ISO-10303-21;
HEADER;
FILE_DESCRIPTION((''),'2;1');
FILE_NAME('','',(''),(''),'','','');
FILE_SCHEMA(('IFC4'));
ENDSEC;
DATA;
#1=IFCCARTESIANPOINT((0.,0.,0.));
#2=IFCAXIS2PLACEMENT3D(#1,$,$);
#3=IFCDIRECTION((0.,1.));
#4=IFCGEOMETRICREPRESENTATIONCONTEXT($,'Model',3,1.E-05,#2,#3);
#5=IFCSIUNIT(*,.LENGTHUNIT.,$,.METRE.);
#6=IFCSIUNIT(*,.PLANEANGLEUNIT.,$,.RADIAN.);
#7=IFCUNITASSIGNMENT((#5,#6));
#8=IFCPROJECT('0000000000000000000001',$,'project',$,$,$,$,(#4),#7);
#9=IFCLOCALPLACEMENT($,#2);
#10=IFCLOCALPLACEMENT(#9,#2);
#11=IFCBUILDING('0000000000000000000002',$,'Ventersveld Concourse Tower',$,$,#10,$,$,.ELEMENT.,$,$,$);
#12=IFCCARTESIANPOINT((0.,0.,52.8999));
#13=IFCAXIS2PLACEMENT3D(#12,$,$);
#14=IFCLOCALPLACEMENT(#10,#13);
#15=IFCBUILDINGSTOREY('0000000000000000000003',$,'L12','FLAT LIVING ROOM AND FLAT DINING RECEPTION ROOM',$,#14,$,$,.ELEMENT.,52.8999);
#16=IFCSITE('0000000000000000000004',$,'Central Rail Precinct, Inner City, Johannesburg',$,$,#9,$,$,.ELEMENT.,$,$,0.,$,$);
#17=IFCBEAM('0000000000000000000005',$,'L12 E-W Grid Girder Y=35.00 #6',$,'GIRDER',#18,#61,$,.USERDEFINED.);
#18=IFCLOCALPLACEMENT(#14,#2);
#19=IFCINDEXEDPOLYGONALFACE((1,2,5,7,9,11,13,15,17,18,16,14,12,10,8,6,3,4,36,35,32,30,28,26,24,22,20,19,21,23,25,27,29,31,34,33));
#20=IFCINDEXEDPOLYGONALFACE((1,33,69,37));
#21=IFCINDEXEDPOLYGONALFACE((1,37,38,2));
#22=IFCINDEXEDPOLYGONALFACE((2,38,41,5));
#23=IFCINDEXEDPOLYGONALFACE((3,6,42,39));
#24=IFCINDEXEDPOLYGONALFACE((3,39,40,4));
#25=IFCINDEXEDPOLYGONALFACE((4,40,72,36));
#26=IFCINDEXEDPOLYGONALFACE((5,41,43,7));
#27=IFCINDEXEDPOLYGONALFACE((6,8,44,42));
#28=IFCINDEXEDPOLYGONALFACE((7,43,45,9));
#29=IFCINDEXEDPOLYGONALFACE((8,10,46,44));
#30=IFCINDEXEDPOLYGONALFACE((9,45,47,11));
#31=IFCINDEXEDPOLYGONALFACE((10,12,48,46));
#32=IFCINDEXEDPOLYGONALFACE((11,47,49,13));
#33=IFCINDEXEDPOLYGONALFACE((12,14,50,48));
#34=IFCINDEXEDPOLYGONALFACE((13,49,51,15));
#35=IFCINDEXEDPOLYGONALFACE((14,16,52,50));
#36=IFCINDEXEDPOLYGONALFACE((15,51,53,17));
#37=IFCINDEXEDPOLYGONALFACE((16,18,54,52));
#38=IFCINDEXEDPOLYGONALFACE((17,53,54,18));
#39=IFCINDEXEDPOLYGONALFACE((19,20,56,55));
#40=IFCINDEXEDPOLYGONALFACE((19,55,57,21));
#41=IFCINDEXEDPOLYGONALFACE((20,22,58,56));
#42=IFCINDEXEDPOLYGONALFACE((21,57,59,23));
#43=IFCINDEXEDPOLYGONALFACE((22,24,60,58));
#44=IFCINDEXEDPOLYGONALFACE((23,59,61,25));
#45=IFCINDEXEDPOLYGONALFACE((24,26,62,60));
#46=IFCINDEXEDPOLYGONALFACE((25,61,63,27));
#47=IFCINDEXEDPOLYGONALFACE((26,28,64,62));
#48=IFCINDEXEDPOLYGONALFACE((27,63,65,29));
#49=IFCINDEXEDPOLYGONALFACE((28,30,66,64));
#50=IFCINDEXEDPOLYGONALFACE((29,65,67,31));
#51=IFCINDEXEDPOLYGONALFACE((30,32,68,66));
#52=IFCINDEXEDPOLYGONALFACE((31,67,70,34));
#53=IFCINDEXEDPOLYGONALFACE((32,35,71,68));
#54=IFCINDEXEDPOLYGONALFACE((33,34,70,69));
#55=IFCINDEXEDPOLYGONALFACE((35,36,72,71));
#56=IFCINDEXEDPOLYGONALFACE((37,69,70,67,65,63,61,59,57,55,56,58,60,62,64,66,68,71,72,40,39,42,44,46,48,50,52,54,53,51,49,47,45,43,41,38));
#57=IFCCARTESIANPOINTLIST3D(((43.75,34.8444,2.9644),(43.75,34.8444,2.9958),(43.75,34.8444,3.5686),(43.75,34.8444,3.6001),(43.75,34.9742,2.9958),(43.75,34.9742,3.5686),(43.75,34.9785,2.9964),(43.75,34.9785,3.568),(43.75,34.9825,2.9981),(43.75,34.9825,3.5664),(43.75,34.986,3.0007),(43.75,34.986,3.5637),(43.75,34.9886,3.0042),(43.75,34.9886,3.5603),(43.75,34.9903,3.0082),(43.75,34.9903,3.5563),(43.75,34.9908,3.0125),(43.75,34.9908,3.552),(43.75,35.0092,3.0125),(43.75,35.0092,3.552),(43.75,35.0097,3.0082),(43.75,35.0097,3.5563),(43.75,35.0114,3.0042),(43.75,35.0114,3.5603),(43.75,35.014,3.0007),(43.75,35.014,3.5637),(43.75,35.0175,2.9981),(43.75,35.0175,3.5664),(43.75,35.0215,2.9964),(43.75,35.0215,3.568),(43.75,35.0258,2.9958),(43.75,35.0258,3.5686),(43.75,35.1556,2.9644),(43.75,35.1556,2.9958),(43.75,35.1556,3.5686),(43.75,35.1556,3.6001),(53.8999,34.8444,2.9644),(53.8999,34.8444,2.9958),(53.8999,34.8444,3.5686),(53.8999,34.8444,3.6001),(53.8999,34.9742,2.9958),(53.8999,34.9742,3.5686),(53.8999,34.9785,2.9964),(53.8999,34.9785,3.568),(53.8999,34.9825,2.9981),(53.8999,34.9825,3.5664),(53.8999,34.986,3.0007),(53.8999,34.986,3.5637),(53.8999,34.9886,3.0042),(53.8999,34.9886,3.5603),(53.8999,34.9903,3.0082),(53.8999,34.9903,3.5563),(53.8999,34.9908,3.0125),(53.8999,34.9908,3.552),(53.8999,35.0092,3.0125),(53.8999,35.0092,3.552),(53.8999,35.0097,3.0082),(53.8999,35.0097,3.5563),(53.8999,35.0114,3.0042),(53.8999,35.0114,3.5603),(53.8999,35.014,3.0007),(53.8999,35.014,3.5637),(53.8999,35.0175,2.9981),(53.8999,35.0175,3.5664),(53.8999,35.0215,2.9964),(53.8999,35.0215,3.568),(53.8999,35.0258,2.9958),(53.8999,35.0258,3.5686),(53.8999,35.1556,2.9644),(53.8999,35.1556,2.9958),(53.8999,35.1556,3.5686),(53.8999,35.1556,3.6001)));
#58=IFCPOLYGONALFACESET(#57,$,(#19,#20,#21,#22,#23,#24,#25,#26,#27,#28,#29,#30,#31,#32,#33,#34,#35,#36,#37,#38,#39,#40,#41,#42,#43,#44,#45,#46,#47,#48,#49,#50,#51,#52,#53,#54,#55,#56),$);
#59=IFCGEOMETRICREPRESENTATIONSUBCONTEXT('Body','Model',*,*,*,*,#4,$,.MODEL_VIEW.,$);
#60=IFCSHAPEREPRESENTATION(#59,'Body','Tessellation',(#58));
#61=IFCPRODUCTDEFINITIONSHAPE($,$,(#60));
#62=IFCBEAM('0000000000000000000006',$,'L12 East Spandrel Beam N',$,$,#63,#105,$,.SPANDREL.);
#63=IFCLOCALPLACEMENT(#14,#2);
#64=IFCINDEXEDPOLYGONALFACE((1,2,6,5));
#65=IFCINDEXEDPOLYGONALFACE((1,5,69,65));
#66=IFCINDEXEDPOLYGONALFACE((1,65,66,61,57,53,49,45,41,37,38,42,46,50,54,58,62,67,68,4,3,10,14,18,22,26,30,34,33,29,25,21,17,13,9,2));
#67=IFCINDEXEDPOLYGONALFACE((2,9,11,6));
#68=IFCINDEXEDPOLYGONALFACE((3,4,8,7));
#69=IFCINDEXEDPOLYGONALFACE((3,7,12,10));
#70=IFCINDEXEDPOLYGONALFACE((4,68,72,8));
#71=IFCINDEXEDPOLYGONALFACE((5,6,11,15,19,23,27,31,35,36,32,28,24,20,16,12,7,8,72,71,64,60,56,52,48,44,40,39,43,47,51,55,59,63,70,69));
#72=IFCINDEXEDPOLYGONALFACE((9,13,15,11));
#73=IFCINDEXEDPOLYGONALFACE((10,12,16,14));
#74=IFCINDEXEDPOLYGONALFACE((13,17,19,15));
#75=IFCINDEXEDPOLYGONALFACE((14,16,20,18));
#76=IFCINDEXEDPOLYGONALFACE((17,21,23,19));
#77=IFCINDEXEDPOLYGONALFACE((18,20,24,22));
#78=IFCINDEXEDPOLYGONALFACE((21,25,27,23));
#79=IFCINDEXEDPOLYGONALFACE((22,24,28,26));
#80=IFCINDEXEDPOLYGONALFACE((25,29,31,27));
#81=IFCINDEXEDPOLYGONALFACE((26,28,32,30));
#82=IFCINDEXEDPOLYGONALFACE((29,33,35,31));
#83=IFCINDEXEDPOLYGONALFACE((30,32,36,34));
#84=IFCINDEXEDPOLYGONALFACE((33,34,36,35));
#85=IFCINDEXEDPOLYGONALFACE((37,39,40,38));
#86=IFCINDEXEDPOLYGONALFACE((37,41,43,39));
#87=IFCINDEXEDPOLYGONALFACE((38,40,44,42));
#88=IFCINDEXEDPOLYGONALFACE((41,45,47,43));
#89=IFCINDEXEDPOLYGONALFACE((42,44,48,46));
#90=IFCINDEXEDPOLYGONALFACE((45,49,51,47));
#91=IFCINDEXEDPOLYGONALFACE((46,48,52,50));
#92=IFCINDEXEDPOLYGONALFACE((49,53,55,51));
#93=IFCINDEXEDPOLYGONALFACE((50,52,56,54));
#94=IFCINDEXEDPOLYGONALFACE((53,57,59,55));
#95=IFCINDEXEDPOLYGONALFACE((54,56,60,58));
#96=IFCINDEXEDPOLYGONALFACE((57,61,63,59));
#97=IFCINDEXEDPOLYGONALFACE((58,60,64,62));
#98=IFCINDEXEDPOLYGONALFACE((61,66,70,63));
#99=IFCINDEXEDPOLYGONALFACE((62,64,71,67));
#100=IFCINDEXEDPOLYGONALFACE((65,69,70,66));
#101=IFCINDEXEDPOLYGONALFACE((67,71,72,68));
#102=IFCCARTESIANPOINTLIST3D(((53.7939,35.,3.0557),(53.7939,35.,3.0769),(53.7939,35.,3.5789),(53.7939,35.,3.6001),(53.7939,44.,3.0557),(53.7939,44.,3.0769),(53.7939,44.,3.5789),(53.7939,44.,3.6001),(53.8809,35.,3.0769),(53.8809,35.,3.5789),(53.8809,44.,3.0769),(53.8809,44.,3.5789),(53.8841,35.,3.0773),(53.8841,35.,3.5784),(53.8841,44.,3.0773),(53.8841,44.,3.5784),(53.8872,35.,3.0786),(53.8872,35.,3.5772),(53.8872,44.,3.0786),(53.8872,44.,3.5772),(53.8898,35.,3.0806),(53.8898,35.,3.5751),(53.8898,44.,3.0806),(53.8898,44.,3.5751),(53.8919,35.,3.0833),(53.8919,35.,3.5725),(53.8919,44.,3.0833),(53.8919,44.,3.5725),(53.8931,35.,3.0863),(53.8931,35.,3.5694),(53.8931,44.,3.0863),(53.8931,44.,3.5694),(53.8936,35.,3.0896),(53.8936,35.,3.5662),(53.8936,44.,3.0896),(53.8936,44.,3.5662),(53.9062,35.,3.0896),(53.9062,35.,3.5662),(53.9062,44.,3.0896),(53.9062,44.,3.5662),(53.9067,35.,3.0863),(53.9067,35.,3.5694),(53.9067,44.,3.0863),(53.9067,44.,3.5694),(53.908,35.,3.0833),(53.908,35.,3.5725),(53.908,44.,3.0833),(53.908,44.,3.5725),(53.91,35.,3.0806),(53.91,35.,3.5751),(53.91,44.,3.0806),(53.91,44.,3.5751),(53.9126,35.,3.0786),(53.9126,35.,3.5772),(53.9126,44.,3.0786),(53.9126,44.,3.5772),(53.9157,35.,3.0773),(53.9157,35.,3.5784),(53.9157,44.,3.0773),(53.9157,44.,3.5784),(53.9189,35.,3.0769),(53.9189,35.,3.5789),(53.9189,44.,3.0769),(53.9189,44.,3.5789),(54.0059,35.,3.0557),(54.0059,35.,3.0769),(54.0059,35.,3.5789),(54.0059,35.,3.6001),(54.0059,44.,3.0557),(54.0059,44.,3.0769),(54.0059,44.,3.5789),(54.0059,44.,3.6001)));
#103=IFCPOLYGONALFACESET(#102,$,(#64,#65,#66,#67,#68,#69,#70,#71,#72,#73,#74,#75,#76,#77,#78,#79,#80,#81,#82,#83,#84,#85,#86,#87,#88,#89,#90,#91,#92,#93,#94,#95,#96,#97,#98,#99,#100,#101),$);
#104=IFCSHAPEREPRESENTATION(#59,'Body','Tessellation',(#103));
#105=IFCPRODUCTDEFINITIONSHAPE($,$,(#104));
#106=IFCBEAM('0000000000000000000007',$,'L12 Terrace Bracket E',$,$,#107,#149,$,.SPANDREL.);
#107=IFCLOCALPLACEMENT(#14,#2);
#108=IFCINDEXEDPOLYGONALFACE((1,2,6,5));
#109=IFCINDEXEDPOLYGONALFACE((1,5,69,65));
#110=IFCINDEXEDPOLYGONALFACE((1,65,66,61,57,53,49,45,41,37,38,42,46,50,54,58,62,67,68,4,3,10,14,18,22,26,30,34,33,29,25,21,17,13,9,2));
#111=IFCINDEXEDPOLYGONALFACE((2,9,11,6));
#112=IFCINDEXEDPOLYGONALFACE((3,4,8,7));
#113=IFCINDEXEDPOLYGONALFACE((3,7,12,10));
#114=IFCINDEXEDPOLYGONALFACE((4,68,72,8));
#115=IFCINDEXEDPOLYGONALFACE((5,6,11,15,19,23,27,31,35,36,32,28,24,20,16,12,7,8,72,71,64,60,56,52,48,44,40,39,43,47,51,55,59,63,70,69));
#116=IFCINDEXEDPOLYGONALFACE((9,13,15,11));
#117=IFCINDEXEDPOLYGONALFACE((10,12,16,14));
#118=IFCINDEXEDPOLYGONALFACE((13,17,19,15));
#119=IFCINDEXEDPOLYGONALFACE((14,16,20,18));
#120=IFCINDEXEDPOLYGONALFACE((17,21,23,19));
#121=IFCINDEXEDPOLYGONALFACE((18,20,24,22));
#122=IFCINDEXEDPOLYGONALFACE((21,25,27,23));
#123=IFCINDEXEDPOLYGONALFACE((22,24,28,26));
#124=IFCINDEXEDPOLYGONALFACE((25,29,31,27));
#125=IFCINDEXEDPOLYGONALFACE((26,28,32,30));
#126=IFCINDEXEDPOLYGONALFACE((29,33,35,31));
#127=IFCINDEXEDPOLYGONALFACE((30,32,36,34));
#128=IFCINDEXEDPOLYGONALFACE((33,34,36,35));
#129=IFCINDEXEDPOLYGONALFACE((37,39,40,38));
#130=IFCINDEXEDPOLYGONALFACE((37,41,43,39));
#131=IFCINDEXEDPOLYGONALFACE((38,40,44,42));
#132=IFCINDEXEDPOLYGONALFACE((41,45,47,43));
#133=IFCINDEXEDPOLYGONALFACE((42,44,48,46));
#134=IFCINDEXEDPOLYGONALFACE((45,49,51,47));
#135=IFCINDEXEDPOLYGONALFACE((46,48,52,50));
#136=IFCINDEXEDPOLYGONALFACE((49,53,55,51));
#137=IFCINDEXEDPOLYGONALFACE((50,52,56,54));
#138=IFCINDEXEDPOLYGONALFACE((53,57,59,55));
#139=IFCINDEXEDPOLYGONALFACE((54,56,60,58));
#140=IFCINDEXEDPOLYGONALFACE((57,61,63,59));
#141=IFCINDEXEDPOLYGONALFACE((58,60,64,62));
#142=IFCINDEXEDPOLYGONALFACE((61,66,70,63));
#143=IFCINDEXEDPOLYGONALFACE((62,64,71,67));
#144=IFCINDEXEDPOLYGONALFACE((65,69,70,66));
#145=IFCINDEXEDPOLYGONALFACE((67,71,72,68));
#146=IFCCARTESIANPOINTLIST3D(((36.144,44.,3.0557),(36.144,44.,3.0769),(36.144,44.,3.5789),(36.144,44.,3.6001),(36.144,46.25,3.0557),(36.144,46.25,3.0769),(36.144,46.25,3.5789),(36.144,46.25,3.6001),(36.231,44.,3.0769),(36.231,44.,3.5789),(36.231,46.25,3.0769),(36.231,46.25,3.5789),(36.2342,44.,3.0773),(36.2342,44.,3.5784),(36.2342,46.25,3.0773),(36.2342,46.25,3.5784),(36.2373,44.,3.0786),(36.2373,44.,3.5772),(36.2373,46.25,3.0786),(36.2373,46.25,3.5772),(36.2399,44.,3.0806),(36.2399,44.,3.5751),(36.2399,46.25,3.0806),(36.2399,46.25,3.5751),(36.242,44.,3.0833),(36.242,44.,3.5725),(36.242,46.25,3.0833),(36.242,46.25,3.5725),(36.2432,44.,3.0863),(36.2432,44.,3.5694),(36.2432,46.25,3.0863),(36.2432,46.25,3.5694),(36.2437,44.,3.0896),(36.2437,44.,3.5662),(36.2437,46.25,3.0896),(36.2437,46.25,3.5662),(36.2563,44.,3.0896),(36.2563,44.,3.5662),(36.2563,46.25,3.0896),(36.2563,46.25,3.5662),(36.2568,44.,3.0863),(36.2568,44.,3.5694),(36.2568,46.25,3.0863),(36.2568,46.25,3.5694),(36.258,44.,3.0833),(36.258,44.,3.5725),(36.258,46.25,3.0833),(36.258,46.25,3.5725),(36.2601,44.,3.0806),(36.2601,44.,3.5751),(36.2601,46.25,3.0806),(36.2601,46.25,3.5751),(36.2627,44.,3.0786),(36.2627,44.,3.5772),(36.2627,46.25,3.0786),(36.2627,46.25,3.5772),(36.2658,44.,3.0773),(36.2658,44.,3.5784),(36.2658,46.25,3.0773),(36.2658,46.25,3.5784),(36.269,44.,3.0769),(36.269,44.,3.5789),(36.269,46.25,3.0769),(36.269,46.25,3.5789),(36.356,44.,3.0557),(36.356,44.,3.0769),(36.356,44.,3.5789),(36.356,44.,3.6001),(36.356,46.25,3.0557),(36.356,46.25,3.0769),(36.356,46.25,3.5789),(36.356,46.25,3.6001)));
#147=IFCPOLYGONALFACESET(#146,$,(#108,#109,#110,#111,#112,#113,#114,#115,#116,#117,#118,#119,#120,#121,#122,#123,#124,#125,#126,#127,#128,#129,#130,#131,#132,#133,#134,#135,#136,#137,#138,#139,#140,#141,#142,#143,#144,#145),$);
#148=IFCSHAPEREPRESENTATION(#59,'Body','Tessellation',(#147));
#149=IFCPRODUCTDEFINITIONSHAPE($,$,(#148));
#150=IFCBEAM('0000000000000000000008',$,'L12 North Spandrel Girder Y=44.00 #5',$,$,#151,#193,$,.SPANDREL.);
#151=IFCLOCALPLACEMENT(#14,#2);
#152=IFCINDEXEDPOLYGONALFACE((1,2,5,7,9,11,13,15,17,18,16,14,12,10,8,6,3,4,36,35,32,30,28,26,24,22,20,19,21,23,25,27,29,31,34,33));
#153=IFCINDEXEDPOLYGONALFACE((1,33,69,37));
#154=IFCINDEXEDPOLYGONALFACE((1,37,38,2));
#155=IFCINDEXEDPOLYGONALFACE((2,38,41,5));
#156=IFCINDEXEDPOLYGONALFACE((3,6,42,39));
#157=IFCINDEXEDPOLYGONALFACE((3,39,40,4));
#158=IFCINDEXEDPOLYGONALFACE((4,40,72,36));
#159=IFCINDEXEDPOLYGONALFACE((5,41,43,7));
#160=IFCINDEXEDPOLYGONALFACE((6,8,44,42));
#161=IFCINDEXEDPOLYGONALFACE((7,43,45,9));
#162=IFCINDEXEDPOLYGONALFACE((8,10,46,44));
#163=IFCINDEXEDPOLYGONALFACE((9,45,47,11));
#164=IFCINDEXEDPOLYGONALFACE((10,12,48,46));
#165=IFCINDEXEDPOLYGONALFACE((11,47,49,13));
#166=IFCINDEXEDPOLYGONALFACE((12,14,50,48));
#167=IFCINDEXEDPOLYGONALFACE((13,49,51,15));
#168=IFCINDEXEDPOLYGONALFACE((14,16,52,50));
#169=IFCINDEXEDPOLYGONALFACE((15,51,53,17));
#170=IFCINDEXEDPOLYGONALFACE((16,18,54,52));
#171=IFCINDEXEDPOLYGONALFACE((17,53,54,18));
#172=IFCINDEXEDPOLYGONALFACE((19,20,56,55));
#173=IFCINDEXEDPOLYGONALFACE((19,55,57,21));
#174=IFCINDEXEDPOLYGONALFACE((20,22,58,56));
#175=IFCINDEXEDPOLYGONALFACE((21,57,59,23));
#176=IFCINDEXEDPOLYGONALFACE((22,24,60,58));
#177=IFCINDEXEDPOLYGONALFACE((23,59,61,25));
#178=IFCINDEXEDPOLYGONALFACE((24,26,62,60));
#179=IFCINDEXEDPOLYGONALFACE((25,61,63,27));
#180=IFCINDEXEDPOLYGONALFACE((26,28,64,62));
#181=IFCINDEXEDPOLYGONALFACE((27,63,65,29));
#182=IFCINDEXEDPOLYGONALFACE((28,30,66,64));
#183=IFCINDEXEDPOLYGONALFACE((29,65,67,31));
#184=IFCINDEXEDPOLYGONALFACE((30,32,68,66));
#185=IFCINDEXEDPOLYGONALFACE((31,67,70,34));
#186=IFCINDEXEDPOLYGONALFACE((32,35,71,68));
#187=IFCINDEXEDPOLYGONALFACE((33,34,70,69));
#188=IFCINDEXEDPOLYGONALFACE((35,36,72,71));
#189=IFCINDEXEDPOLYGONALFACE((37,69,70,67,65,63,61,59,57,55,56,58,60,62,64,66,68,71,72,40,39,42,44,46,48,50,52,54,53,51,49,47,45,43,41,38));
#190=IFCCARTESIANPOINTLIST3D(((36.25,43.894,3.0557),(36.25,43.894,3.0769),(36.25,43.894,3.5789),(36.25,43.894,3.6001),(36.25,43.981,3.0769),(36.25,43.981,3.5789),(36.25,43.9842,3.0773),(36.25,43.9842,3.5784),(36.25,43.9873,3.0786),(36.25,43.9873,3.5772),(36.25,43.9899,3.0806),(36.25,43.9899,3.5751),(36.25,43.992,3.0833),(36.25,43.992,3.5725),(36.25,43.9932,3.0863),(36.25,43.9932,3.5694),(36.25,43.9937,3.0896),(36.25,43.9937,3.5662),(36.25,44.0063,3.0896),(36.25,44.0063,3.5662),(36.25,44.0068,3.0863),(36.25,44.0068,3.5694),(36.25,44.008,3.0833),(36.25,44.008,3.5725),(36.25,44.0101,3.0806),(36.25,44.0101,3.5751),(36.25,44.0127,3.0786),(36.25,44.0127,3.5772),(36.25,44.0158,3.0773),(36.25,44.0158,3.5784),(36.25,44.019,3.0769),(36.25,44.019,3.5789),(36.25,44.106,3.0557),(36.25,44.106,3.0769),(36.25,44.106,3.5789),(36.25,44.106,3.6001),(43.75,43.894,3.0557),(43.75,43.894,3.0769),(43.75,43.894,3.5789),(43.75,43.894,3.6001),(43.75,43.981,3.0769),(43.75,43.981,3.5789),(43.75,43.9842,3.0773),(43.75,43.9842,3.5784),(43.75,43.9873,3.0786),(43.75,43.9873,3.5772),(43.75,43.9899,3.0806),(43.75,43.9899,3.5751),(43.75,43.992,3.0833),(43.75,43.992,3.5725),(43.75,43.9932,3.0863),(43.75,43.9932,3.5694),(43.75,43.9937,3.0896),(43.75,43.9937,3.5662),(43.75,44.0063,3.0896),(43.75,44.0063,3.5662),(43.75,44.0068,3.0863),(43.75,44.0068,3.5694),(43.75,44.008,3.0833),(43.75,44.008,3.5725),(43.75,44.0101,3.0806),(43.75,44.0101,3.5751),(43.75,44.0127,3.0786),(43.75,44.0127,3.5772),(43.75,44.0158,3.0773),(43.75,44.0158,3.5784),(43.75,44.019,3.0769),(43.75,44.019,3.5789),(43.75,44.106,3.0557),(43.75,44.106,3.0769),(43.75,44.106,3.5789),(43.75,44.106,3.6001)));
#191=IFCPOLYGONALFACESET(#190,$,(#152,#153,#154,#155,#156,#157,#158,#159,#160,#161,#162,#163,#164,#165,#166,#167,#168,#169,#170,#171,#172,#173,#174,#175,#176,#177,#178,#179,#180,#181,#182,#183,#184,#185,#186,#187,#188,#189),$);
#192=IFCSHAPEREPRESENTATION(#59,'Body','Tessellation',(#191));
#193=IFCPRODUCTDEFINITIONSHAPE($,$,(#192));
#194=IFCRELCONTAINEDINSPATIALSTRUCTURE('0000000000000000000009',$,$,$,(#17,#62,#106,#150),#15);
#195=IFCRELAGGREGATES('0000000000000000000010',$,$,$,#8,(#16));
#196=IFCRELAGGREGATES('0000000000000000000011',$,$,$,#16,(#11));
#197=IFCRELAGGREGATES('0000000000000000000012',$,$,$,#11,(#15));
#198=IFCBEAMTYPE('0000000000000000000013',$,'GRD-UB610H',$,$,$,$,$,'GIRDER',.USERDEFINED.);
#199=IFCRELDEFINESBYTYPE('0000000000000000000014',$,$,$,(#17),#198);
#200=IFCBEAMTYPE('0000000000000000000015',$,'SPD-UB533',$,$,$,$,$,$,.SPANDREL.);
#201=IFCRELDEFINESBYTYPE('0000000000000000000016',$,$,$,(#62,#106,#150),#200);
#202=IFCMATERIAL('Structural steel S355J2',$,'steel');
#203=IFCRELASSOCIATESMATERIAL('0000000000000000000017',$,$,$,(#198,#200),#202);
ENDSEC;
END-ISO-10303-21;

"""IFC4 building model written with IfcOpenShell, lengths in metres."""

from ifc_helpers import new_model, si_unit, direction, frame, origin, origin_2d, place, context, subcontext, project, spatial, i_section, extrude, material, material_profile, profile_set, type_object, element, save


model = new_model("IFC4")

# Units and contexts
model_context = context("Model", 3, precision=1e-05, world=origin(), true_north=direction((0.0, 1.0)))
body_context = subcontext(model_context, "Body", "Model", "MODEL_VIEW")
ifc_project = project(units=[si_unit("LENGTHUNIT", "METRE"), si_unit("PLANEANGLEUNIT", "RADIAN")], contexts=[model_context])

# Site, building, storey
site_placement = place(None, origin())
site = spatial("IfcSite", under=ifc_project, at=site_placement, Name="Central Rail Precinct, Inner City, Johannesburg", CompositionType="ELEMENT", RefElevation=0.0)
building_placement = place(site_placement, origin())
building = spatial("IfcBuilding", under=site, at=building_placement, Name="Ventersveld Concourse Tower", CompositionType="ELEMENT")
storey_placement = place(building_placement, frame((0.0, 0.0, 52.8999)))
storey = spatial("IfcBuildingStorey", under=building, at=storey_placement, Name="L12", Description="FLAT LIVING ROOM AND FLAT DINING RECEPTION ROOM", CompositionType="ELEMENT", Elevation=52.8999)

# Beams
ifc_material_1 = material(Name="Structural steel S355J2", Category="steel")
ifc_material_profile_1 = material_profile(ifc_material_1, i_section(OverallWidth=0.3113, OverallDepth=0.6357, WebThickness=0.0183, FlangeThickness=0.0315, FilletRadius=0.0166, at=origin_2d()), Name="UB 610x305x238")
ifc_profile_set_1 = profile_set([ifc_material_profile_1], Name="Structural steel S355J2")
beam_type_1 = type_object("IfcBeamType", Name="GRD-UB610H", ElementType="GIRDER", PredefinedType="USERDEFINED", material=ifc_profile_set_1)
beam_1_placement = place(storey_placement, frame((43.75, 35.0, 3.2822), z_axis=(1.0, 0.0, 0.0), x_axis=(0.0, 1.0, 0.0)))
element("IfcBeam", 1, at=beam_1_placement, inside=storey, type_object=beam_type_1, Name="L12 E-W Grid Girder Y=35.00 #6", ObjectType="GIRDER", PredefinedType="USERDEFINED", context=body_context, shape_type="SweptSolid", body=[
    extrude(i_section(OverallWidth=0.3113, OverallDepth=0.6357, WebThickness=0.0183, FlangeThickness=0.0315, FilletRadius=0.0166, at=origin_2d()), origin(), (0.0, 0.0, 1.0), 10.1499),
])
ifc_material_profile_2 = material_profile(ifc_material_1, i_section(OverallWidth=0.2119, OverallDepth=0.5444, WebThickness=0.0127, FlangeThickness=0.0212, FilletRadius=0.0127, at=origin_2d()), Name="UB 533x210x122")
ifc_profile_set_2 = profile_set([ifc_material_profile_2], Name="Structural steel S355J2")
beam_type_2 = type_object("IfcBeamType", Name="SPD-UB533", PredefinedType="SPANDREL", material=ifc_profile_set_2)
beam_2_placement = place(storey_placement, frame((53.8999, 35.0, 3.3279), z_axis=(0.0, 1.0, 0.0), x_axis=(-1.0, 0.0, 0.0)))
element("IfcBeam", 2, at=beam_2_placement, inside=storey, type_object=beam_type_2, Name="L12 East Spandrel Beam N", PredefinedType="SPANDREL", context=body_context, shape_type="SweptSolid", body=[
    extrude(i_section(OverallWidth=0.2119, OverallDepth=0.5444, WebThickness=0.0127, FlangeThickness=0.0212, FilletRadius=0.0127, at=origin_2d()), origin(), (0.0, 0.0, 1.0), 9.0),
])
beam_3_placement = place(storey_placement, frame((36.25, 44.0, 3.3279), z_axis=(0.0, 1.0, 0.0), x_axis=(-1.0, 0.0, 0.0)))
element("IfcBeam", 3, at=beam_3_placement, inside=storey, type_object=beam_type_2, Name="L12 Terrace Bracket E", PredefinedType="SPANDREL", context=body_context, shape_type="SweptSolid", body=[
    extrude(i_section(OverallWidth=0.2119, OverallDepth=0.5444, WebThickness=0.0127, FlangeThickness=0.0212, FilletRadius=0.0127, at=origin_2d()), origin(), (0.0, 0.0, 1.0), 2.25),
])
beam_4_placement = place(storey_placement, frame((36.25, 44.0, 3.3279), z_axis=(1.0, 0.0, 0.0), x_axis=(0.0, 1.0, 0.0)))
element("IfcBeam", 4, at=beam_4_placement, inside=storey, type_object=beam_type_2, Name="L12 North Spandrel Girder Y=44.00 #5", PredefinedType="SPANDREL", context=body_context, shape_type="SweptSolid", body=[
    extrude(i_section(OverallWidth=0.2119, OverallDepth=0.5444, WebThickness=0.0127, FlangeThickness=0.0212, FilletRadius=0.0127, at=origin_2d()), origin(), (0.0, 0.0, 1.0), 7.5),
])

save(model, "model.ifc")
